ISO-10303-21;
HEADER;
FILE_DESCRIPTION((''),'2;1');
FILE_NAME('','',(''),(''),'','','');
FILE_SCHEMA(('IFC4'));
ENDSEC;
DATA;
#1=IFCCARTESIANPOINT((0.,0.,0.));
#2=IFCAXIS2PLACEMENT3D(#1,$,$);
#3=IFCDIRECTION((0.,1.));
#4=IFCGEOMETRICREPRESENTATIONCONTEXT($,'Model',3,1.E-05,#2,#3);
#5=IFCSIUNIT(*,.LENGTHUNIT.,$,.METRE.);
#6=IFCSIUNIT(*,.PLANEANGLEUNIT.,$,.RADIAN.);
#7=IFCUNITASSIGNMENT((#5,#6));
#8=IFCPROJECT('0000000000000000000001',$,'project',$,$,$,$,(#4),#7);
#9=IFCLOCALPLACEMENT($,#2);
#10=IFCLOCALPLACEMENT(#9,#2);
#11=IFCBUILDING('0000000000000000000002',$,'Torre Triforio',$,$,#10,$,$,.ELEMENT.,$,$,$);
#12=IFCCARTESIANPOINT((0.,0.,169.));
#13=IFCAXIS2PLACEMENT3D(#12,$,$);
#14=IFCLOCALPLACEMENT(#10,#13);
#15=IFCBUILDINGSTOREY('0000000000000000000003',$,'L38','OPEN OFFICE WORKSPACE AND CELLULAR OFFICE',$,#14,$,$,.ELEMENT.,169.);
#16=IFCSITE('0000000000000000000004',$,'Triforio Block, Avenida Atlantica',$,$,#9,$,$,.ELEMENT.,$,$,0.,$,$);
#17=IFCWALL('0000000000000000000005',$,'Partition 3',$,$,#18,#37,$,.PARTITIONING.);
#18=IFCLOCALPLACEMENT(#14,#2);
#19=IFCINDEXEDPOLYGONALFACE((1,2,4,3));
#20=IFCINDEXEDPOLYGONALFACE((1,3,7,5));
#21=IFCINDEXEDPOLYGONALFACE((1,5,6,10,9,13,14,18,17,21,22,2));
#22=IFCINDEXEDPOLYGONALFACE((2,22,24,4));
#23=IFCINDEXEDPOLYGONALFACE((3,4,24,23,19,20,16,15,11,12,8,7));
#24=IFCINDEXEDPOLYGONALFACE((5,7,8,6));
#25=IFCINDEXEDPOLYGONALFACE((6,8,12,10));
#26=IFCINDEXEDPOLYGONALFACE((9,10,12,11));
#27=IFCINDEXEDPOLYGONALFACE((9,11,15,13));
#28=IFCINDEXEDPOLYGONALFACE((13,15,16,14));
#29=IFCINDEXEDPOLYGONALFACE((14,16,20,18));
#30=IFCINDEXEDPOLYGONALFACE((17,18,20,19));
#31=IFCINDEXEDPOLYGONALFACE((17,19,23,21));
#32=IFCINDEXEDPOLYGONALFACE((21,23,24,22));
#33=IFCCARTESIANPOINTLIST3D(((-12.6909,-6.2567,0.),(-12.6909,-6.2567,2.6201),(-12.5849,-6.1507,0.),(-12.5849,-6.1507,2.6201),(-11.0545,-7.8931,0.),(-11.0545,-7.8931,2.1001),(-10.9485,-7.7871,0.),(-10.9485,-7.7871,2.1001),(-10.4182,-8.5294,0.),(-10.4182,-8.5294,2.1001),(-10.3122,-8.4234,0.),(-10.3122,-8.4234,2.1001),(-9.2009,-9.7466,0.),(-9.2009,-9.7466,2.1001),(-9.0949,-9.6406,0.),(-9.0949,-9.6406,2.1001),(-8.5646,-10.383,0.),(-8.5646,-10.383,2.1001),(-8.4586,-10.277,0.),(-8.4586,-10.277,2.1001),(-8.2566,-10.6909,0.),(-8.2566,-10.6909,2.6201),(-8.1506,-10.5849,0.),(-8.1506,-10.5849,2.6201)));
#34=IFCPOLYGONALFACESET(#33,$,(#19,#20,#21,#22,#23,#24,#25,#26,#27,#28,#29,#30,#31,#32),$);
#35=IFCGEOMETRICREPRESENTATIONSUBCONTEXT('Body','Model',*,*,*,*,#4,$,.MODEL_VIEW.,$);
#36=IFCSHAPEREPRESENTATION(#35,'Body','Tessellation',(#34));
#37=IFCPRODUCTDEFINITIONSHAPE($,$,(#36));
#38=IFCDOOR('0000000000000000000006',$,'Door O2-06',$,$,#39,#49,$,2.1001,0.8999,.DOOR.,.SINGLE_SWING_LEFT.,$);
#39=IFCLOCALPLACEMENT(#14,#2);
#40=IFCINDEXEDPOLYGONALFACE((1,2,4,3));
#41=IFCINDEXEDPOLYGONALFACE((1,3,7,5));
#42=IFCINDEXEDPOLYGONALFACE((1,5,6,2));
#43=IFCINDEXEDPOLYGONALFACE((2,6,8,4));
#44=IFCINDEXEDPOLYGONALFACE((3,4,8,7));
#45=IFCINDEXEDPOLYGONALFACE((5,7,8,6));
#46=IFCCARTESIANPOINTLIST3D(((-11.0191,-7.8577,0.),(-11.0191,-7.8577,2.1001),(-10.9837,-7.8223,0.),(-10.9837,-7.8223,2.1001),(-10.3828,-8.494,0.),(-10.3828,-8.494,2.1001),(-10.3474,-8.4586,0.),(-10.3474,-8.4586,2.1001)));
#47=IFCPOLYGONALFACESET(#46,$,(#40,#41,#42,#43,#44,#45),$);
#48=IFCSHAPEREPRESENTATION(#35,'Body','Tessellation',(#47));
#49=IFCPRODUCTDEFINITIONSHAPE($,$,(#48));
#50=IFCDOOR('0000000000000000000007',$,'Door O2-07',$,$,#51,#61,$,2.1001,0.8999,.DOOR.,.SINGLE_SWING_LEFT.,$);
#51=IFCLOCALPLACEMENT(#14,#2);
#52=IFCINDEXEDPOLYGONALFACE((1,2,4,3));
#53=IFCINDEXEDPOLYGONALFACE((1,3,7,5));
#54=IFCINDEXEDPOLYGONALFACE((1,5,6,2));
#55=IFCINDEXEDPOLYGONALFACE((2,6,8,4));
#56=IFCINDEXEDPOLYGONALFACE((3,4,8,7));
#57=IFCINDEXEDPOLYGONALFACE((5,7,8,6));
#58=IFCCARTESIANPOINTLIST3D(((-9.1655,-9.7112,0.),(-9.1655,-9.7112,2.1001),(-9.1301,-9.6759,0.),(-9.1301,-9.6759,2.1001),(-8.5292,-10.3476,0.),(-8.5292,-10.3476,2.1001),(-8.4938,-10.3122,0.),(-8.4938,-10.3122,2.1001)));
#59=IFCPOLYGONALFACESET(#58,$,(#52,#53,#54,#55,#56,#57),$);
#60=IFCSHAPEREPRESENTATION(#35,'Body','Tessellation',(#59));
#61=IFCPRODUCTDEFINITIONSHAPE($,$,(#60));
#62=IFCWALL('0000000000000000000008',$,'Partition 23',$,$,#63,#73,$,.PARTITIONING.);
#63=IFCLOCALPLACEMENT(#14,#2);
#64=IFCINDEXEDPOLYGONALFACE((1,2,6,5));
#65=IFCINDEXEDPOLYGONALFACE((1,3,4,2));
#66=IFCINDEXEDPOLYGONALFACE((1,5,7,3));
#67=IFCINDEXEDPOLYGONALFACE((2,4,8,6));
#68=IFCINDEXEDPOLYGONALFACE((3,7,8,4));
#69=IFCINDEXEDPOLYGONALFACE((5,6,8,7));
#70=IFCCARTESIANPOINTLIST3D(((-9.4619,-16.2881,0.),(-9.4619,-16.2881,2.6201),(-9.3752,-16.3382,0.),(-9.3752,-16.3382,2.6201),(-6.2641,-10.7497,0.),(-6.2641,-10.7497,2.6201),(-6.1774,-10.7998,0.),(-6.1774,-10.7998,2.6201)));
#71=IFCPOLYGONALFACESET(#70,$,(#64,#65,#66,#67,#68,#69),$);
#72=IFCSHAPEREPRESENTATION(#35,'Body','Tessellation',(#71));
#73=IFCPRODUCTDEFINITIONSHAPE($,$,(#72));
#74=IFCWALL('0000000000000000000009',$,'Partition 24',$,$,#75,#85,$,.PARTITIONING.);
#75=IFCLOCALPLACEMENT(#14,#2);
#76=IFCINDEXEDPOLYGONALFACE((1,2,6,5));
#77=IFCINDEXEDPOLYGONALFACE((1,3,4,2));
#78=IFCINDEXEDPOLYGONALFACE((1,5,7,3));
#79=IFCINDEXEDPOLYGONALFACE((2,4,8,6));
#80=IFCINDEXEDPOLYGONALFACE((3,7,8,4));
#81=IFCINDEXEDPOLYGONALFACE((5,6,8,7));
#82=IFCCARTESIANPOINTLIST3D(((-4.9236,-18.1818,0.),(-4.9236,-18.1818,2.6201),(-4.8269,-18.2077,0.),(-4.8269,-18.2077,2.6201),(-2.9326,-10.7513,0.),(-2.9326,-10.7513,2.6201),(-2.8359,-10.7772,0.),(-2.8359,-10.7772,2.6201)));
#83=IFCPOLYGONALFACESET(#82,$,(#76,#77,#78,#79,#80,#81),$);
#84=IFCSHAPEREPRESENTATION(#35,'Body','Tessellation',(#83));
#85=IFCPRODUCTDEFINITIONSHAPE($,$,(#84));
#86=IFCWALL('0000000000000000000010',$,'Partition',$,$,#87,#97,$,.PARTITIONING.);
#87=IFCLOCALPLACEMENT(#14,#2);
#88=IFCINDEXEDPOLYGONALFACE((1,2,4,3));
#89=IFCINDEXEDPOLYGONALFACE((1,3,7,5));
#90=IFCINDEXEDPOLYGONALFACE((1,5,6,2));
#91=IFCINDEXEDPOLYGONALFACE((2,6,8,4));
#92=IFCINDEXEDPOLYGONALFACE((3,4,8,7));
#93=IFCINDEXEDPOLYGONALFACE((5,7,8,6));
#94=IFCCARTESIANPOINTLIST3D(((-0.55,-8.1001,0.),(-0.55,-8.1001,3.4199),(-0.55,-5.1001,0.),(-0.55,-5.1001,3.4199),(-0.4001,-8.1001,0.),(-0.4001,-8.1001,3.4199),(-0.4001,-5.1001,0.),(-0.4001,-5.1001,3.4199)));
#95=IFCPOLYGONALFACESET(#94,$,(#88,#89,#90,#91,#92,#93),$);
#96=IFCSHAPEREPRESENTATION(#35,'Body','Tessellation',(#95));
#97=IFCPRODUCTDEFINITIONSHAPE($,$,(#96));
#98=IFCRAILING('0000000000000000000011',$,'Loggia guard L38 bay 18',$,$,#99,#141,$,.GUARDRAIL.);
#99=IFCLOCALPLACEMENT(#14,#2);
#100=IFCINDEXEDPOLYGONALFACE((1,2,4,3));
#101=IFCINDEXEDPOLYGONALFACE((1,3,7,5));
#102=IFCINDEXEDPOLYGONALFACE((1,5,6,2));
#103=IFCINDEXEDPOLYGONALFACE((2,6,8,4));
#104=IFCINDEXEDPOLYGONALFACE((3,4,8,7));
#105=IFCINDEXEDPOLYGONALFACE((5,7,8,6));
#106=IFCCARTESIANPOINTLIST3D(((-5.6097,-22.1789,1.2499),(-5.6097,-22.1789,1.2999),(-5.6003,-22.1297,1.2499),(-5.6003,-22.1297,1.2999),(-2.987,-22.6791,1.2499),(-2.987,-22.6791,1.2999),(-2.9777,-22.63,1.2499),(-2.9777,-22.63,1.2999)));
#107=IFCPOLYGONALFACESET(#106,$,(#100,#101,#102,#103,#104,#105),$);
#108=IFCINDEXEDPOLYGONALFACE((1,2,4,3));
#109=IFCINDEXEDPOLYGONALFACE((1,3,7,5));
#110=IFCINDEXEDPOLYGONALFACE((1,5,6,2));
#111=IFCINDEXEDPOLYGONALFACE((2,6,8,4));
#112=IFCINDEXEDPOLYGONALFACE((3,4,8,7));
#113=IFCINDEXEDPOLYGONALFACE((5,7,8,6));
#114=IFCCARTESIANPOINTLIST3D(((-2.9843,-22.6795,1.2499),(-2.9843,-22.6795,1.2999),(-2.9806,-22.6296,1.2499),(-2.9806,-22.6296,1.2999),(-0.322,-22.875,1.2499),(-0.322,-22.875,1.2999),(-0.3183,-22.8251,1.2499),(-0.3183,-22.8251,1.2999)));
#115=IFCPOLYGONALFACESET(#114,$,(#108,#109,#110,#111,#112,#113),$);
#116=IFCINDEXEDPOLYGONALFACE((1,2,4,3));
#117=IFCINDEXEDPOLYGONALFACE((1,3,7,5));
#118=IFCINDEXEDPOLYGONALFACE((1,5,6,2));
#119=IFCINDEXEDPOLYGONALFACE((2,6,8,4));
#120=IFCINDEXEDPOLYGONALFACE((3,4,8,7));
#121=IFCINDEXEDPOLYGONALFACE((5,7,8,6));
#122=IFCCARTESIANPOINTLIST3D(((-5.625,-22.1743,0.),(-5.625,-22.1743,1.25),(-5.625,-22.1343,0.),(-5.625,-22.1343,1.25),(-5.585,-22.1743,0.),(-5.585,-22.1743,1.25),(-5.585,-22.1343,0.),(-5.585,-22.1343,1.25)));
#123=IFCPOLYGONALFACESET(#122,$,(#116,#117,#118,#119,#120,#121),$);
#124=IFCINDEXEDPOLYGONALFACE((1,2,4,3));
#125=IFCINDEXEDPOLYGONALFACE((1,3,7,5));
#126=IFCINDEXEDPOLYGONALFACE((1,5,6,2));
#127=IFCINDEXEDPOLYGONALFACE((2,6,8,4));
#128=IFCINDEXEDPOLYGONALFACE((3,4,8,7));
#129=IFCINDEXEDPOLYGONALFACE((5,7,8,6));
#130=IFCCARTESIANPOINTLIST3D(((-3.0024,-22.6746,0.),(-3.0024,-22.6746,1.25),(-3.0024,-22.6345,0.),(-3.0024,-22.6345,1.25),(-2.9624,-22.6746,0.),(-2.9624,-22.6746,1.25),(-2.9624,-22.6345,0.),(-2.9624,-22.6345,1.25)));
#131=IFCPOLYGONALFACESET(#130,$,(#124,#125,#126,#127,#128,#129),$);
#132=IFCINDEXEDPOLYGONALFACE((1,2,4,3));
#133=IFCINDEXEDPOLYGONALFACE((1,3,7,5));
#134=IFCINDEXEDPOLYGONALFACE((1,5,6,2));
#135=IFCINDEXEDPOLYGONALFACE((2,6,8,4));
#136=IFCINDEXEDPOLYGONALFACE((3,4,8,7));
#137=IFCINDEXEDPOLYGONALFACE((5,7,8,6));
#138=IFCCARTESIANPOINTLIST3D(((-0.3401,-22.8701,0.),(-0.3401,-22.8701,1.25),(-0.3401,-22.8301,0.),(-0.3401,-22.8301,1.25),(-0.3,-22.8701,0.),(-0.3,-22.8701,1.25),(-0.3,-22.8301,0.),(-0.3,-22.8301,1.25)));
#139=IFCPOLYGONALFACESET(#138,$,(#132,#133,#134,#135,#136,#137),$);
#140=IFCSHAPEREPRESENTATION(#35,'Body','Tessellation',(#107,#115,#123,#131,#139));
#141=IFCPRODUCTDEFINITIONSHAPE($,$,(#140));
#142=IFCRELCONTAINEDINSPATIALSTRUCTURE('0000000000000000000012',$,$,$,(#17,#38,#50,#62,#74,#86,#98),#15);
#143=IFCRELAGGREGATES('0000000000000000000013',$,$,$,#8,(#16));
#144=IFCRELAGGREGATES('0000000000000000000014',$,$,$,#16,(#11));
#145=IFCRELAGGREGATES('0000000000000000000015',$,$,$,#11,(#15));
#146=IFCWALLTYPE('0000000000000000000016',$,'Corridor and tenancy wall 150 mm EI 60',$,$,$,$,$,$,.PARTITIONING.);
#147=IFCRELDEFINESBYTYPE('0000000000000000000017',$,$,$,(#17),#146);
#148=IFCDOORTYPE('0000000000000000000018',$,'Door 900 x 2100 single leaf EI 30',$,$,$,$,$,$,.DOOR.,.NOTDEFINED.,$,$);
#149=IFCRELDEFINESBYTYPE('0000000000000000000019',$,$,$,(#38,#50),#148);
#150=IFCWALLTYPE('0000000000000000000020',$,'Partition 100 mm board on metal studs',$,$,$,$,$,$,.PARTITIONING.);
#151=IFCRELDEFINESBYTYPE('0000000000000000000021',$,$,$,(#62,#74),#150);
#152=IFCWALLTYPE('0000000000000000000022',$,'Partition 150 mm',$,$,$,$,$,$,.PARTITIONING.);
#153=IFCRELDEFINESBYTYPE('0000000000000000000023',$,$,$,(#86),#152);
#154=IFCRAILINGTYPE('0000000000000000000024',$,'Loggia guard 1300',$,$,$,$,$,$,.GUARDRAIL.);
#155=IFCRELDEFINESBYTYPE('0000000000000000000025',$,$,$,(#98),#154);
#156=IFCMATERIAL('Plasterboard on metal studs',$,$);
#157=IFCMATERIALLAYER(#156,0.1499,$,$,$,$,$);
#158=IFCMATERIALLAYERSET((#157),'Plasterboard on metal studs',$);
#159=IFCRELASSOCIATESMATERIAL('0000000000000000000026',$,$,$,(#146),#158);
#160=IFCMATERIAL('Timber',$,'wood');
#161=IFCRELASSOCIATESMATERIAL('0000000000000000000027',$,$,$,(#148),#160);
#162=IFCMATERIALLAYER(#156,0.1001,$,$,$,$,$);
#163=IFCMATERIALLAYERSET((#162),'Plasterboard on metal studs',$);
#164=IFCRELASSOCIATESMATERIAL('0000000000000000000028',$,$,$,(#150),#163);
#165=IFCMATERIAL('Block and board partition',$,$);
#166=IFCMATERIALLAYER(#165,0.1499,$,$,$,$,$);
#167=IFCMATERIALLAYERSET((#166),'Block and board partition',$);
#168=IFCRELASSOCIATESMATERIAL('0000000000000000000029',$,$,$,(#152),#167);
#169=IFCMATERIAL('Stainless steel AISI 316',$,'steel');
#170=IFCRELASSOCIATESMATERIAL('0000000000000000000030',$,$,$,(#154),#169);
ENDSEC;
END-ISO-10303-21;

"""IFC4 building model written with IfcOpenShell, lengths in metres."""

from ifc_helpers import new_model, si_unit, direction, frame, frame_2d, origin, origin_2d, place, context, subcontext, project, spatial, rectangle, extrude, material, layer, layer_set, type_object, element, fill, save


model = new_model("IFC4")

# Units and contexts
model_context = context("Model", 3, precision=1e-05, world=origin(), true_north=direction((0.0, 1.0)))
body_context = subcontext(model_context, "Body", "Model", "MODEL_VIEW")
ifc_project = project(units=[si_unit("LENGTHUNIT", "METRE"), si_unit("PLANEANGLEUNIT", "RADIAN")], contexts=[model_context])

# Site, building, storey
site_placement = place(None, origin())
site = spatial("IfcSite", under=ifc_project, at=site_placement, Name="Triforio Block, Avenida Atlantica", CompositionType="ELEMENT", RefElevation=0.0)
building_placement = place(site_placement, origin())
building = spatial("IfcBuilding", under=site, at=building_placement, Name="Torre Triforio", CompositionType="ELEMENT")
storey_placement = place(building_placement, frame((0.0, 0.0, 169.0)))
storey = spatial("IfcBuildingStorey", under=building, at=storey_placement, Name="L38", Description="OPEN OFFICE WORKSPACE AND CELLULAR OFFICE", CompositionType="ELEMENT", Elevation=169.0)

# Wall, openings, doors
ifc_material_1 = material(Name="Plasterboard on metal studs")
ifc_layer_1 = layer(ifc_material_1, 0.1499)
ifc_layer_set_1 = layer_set([ifc_layer_1], Name="Plasterboard on metal studs")
wall_type_1 = type_object("IfcWallType", Name="Corridor and tenancy wall 150 mm EI 60", PredefinedType="PARTITIONING", material=ifc_layer_set_1)
wall_1_placement = place(storey_placement, frame((-8.2036, -10.6379, 0.0), z_axis=(0.0, 0.0, 1.0), x_axis=(-0.707107, 0.707107, 0.0)))
wall_1 = element("IfcWall", 1, at=wall_1_placement, inside=storey, type_object=wall_type_1, Name="Partition 3", PredefinedType="PARTITIONING", context=body_context, shape_type="SweptSolid", body=[
    extrude(rectangle(XDim=6.271, YDim=0.1499, at=frame_2d((3.1355, 0.0))), origin(), (0.0, 0.0, 1.0), 2.6201),
])
opening_1_placement = place(wall_1_placement, frame((3.0569, 0.0, 0.0)))
opening_1 = element("IfcOpeningElement", 2, at=opening_1_placement, cuts=wall_1, PredefinedType="OPENING", context=body_context, shape_type="SweptSolid", body=[
    extrude(rectangle(XDim=0.8999, YDim=2.1001, at=frame_2d((0.45, 1.05))), frame((0.0, 0.085, 0.0), z_axis=(0.0, -1.0, 0.0), x_axis=(1.0, 0.0, 0.0)), (0.0, 0.0, 1.0), 0.1699),
])
opening_2_placement = place(wall_1_placement, frame((0.4355, 0.0, 0.0)))
opening_2 = element("IfcOpeningElement", 3, at=opening_2_placement, cuts=wall_1, PredefinedType="OPENING", context=body_context, shape_type="SweptSolid", body=[
    extrude(rectangle(XDim=0.8999, YDim=2.1001, at=frame_2d((0.45, 1.05))), frame((0.0, 0.085, 0.0), z_axis=(0.0, -1.0, 0.0), x_axis=(1.0, 0.0, 0.0)), (0.0, 0.0, 1.0), 0.1699),
])
ifc_material_2 = material(Name="Timber", Category="wood")
door_type_1 = type_object("IfcDoorType", Name="Door 900 x 2100 single leaf EI 30", OperationType="NOTDEFINED", PredefinedType="DOOR", material=ifc_material_2)
door_1_placement = place(opening_1_placement, origin())
door_1 = element("IfcDoor", 4, at=door_1_placement, inside=storey, type_object=door_type_1, Name="Door O2-06", OperationType="SINGLE_SWING_LEFT", OverallHeight=2.1001, OverallWidth=0.8999, PredefinedType="DOOR", context=body_context, shape_type="SweptSolid", body=[
    extrude(rectangle(XDim=0.8999, YDim=2.1001, at=frame_2d((0.45, 1.05))), frame((0.0, 0.0249, 0.0), z_axis=(0.0, -1.0, 0.0), x_axis=(1.0, 0.0, 0.0)), (0.0, 0.0, 1.0), 0.05),
])
fill(opening_1, door_1)
door_2_placement = place(opening_2_placement, origin())
door_2 = element("IfcDoor", 5, at=door_2_placement, inside=storey, type_object=door_type_1, Name="Door O2-07", OperationType="SINGLE_SWING_LEFT", OverallHeight=2.1001, OverallWidth=0.8999, PredefinedType="DOOR", context=body_context, shape_type="SweptSolid", body=[
    extrude(rectangle(XDim=0.8999, YDim=2.1001, at=frame_2d((0.45, 1.05))), frame((0.0, 0.0249, 0.0), z_axis=(0.0, -1.0, 0.0), x_axis=(1.0, 0.0, 0.0)), (0.0, 0.0, 1.0), 0.05),
])
fill(opening_2, door_2)

# Walls
ifc_layer_2 = layer(ifc_material_1, 0.1001)
ifc_layer_set_2 = layer_set([ifc_layer_2], Name="Plasterboard on metal studs")
wall_type_2 = type_object("IfcWallType", Name="Partition 100 mm board on metal studs", PredefinedType="PARTITIONING", material=ifc_layer_set_2)
wall_2_placement = place(storey_placement, frame((-6.2207, -10.7747, 0.0), z_axis=(0.0, 0.0, 1.0), x_axis=(-0.500023, -0.866012, 0.0)))
element("IfcWall", 6, at=wall_2_placement, inside=storey, type_object=wall_type_2, Name="Partition 23", PredefinedType="PARTITIONING", context=body_context, shape_type="SweptSolid", body=[
    extrude(rectangle(XDim=6.3953, YDim=0.1001, at=frame_2d((3.1978, 0.0))), origin(), (0.0, 0.0, 1.0), 2.6201),
])
wall_3_placement = place(storey_placement, frame((-2.8843, -10.7644, 0.0), z_axis=(0.0, 0.0, 1.0), x_axis=(-0.258818, -0.965926, 0.0)))
element("IfcWall", 7, at=wall_3_placement, inside=storey, type_object=wall_type_2, Name="Partition 24", PredefinedType="PARTITIONING", context=body_context, shape_type="SweptSolid", body=[
    extrude(rectangle(XDim=7.6926, YDim=0.1001, at=frame_2d((3.8462, 0.0))), origin(), (0.0, 0.0, 1.0), 2.6201),
])
ifc_material_3 = material(Name="Block and board partition")
ifc_layer_3 = layer(ifc_material_3, 0.1499)
ifc_layer_set_3 = layer_set([ifc_layer_3], Name="Block and board partition")
wall_type_3 = type_object("IfcWallType", Name="Partition 150 mm", PredefinedType="PARTITIONING", material=ifc_layer_set_3)
wall_4_placement = place(storey_placement, frame((-0.4751, -8.1001, 0.0), z_axis=(0.0, 0.0, 1.0), x_axis=(0.0, 1.0, 0.0)))
element("IfcWall", 8, at=wall_4_placement, inside=storey, type_object=wall_type_3, Name="Partition", PredefinedType="PARTITIONING", context=body_context, shape_type="SweptSolid", body=[
    extrude(rectangle(XDim=3.0, YDim=0.1499, at=frame_2d((1.5, 0.0))), origin(), (0.0, 0.0, 1.0), 3.4199),
])

# Railing
ifc_material_4 = material(Name="Stainless steel AISI 316", Category="steel")
railing_type = type_object("IfcRailingType", Name="Loggia guard 1300", PredefinedType="GUARDRAIL", material=ifc_material_4)
railing_placement = place(storey_placement, frame((-5.605, -22.1543, 0.0)))
element("IfcRailing", 9, at=railing_placement, inside=storey, type_object=railing_type, Name="Loggia guard L38 bay 18", PredefinedType="GUARDRAIL", context=body_context, shape_type="SweptSolid", body=[
    extrude(rectangle(XDim=0.05, YDim=0.05, at=origin_2d()), frame((0.0, 0.0, 1.2749), z_axis=(0.98229, -0.187368, 0.0), x_axis=(0.187368, 0.98229, 0.0)), (0.0, 0.0, 1.0), 2.6699),
    extrude(rectangle(XDim=0.05, YDim=0.05, at=origin_2d()), frame((2.6226, -0.5002, 1.2749), z_axis=(0.997313, -0.073255, 0.0), x_axis=(0.073255, 0.997313, 0.0)), (0.0, 0.0, 1.0), 2.6694),
    extrude(rectangle(XDim=0.04, YDim=0.04, at=origin_2d()), origin(), (0.0, 0.0, 1.0), 1.25),
    extrude(rectangle(XDim=0.04, YDim=0.04, at=origin_2d()), frame((2.6226, -0.5002, 0.0)), (0.0, 0.0, 1.0), 1.25),
    extrude(rectangle(XDim=0.04, YDim=0.04, at=origin_2d()), frame((5.2849, -0.6958, 0.0)), (0.0, 0.0, 1.0), 1.25),
])

save(model, "model.ifc")
